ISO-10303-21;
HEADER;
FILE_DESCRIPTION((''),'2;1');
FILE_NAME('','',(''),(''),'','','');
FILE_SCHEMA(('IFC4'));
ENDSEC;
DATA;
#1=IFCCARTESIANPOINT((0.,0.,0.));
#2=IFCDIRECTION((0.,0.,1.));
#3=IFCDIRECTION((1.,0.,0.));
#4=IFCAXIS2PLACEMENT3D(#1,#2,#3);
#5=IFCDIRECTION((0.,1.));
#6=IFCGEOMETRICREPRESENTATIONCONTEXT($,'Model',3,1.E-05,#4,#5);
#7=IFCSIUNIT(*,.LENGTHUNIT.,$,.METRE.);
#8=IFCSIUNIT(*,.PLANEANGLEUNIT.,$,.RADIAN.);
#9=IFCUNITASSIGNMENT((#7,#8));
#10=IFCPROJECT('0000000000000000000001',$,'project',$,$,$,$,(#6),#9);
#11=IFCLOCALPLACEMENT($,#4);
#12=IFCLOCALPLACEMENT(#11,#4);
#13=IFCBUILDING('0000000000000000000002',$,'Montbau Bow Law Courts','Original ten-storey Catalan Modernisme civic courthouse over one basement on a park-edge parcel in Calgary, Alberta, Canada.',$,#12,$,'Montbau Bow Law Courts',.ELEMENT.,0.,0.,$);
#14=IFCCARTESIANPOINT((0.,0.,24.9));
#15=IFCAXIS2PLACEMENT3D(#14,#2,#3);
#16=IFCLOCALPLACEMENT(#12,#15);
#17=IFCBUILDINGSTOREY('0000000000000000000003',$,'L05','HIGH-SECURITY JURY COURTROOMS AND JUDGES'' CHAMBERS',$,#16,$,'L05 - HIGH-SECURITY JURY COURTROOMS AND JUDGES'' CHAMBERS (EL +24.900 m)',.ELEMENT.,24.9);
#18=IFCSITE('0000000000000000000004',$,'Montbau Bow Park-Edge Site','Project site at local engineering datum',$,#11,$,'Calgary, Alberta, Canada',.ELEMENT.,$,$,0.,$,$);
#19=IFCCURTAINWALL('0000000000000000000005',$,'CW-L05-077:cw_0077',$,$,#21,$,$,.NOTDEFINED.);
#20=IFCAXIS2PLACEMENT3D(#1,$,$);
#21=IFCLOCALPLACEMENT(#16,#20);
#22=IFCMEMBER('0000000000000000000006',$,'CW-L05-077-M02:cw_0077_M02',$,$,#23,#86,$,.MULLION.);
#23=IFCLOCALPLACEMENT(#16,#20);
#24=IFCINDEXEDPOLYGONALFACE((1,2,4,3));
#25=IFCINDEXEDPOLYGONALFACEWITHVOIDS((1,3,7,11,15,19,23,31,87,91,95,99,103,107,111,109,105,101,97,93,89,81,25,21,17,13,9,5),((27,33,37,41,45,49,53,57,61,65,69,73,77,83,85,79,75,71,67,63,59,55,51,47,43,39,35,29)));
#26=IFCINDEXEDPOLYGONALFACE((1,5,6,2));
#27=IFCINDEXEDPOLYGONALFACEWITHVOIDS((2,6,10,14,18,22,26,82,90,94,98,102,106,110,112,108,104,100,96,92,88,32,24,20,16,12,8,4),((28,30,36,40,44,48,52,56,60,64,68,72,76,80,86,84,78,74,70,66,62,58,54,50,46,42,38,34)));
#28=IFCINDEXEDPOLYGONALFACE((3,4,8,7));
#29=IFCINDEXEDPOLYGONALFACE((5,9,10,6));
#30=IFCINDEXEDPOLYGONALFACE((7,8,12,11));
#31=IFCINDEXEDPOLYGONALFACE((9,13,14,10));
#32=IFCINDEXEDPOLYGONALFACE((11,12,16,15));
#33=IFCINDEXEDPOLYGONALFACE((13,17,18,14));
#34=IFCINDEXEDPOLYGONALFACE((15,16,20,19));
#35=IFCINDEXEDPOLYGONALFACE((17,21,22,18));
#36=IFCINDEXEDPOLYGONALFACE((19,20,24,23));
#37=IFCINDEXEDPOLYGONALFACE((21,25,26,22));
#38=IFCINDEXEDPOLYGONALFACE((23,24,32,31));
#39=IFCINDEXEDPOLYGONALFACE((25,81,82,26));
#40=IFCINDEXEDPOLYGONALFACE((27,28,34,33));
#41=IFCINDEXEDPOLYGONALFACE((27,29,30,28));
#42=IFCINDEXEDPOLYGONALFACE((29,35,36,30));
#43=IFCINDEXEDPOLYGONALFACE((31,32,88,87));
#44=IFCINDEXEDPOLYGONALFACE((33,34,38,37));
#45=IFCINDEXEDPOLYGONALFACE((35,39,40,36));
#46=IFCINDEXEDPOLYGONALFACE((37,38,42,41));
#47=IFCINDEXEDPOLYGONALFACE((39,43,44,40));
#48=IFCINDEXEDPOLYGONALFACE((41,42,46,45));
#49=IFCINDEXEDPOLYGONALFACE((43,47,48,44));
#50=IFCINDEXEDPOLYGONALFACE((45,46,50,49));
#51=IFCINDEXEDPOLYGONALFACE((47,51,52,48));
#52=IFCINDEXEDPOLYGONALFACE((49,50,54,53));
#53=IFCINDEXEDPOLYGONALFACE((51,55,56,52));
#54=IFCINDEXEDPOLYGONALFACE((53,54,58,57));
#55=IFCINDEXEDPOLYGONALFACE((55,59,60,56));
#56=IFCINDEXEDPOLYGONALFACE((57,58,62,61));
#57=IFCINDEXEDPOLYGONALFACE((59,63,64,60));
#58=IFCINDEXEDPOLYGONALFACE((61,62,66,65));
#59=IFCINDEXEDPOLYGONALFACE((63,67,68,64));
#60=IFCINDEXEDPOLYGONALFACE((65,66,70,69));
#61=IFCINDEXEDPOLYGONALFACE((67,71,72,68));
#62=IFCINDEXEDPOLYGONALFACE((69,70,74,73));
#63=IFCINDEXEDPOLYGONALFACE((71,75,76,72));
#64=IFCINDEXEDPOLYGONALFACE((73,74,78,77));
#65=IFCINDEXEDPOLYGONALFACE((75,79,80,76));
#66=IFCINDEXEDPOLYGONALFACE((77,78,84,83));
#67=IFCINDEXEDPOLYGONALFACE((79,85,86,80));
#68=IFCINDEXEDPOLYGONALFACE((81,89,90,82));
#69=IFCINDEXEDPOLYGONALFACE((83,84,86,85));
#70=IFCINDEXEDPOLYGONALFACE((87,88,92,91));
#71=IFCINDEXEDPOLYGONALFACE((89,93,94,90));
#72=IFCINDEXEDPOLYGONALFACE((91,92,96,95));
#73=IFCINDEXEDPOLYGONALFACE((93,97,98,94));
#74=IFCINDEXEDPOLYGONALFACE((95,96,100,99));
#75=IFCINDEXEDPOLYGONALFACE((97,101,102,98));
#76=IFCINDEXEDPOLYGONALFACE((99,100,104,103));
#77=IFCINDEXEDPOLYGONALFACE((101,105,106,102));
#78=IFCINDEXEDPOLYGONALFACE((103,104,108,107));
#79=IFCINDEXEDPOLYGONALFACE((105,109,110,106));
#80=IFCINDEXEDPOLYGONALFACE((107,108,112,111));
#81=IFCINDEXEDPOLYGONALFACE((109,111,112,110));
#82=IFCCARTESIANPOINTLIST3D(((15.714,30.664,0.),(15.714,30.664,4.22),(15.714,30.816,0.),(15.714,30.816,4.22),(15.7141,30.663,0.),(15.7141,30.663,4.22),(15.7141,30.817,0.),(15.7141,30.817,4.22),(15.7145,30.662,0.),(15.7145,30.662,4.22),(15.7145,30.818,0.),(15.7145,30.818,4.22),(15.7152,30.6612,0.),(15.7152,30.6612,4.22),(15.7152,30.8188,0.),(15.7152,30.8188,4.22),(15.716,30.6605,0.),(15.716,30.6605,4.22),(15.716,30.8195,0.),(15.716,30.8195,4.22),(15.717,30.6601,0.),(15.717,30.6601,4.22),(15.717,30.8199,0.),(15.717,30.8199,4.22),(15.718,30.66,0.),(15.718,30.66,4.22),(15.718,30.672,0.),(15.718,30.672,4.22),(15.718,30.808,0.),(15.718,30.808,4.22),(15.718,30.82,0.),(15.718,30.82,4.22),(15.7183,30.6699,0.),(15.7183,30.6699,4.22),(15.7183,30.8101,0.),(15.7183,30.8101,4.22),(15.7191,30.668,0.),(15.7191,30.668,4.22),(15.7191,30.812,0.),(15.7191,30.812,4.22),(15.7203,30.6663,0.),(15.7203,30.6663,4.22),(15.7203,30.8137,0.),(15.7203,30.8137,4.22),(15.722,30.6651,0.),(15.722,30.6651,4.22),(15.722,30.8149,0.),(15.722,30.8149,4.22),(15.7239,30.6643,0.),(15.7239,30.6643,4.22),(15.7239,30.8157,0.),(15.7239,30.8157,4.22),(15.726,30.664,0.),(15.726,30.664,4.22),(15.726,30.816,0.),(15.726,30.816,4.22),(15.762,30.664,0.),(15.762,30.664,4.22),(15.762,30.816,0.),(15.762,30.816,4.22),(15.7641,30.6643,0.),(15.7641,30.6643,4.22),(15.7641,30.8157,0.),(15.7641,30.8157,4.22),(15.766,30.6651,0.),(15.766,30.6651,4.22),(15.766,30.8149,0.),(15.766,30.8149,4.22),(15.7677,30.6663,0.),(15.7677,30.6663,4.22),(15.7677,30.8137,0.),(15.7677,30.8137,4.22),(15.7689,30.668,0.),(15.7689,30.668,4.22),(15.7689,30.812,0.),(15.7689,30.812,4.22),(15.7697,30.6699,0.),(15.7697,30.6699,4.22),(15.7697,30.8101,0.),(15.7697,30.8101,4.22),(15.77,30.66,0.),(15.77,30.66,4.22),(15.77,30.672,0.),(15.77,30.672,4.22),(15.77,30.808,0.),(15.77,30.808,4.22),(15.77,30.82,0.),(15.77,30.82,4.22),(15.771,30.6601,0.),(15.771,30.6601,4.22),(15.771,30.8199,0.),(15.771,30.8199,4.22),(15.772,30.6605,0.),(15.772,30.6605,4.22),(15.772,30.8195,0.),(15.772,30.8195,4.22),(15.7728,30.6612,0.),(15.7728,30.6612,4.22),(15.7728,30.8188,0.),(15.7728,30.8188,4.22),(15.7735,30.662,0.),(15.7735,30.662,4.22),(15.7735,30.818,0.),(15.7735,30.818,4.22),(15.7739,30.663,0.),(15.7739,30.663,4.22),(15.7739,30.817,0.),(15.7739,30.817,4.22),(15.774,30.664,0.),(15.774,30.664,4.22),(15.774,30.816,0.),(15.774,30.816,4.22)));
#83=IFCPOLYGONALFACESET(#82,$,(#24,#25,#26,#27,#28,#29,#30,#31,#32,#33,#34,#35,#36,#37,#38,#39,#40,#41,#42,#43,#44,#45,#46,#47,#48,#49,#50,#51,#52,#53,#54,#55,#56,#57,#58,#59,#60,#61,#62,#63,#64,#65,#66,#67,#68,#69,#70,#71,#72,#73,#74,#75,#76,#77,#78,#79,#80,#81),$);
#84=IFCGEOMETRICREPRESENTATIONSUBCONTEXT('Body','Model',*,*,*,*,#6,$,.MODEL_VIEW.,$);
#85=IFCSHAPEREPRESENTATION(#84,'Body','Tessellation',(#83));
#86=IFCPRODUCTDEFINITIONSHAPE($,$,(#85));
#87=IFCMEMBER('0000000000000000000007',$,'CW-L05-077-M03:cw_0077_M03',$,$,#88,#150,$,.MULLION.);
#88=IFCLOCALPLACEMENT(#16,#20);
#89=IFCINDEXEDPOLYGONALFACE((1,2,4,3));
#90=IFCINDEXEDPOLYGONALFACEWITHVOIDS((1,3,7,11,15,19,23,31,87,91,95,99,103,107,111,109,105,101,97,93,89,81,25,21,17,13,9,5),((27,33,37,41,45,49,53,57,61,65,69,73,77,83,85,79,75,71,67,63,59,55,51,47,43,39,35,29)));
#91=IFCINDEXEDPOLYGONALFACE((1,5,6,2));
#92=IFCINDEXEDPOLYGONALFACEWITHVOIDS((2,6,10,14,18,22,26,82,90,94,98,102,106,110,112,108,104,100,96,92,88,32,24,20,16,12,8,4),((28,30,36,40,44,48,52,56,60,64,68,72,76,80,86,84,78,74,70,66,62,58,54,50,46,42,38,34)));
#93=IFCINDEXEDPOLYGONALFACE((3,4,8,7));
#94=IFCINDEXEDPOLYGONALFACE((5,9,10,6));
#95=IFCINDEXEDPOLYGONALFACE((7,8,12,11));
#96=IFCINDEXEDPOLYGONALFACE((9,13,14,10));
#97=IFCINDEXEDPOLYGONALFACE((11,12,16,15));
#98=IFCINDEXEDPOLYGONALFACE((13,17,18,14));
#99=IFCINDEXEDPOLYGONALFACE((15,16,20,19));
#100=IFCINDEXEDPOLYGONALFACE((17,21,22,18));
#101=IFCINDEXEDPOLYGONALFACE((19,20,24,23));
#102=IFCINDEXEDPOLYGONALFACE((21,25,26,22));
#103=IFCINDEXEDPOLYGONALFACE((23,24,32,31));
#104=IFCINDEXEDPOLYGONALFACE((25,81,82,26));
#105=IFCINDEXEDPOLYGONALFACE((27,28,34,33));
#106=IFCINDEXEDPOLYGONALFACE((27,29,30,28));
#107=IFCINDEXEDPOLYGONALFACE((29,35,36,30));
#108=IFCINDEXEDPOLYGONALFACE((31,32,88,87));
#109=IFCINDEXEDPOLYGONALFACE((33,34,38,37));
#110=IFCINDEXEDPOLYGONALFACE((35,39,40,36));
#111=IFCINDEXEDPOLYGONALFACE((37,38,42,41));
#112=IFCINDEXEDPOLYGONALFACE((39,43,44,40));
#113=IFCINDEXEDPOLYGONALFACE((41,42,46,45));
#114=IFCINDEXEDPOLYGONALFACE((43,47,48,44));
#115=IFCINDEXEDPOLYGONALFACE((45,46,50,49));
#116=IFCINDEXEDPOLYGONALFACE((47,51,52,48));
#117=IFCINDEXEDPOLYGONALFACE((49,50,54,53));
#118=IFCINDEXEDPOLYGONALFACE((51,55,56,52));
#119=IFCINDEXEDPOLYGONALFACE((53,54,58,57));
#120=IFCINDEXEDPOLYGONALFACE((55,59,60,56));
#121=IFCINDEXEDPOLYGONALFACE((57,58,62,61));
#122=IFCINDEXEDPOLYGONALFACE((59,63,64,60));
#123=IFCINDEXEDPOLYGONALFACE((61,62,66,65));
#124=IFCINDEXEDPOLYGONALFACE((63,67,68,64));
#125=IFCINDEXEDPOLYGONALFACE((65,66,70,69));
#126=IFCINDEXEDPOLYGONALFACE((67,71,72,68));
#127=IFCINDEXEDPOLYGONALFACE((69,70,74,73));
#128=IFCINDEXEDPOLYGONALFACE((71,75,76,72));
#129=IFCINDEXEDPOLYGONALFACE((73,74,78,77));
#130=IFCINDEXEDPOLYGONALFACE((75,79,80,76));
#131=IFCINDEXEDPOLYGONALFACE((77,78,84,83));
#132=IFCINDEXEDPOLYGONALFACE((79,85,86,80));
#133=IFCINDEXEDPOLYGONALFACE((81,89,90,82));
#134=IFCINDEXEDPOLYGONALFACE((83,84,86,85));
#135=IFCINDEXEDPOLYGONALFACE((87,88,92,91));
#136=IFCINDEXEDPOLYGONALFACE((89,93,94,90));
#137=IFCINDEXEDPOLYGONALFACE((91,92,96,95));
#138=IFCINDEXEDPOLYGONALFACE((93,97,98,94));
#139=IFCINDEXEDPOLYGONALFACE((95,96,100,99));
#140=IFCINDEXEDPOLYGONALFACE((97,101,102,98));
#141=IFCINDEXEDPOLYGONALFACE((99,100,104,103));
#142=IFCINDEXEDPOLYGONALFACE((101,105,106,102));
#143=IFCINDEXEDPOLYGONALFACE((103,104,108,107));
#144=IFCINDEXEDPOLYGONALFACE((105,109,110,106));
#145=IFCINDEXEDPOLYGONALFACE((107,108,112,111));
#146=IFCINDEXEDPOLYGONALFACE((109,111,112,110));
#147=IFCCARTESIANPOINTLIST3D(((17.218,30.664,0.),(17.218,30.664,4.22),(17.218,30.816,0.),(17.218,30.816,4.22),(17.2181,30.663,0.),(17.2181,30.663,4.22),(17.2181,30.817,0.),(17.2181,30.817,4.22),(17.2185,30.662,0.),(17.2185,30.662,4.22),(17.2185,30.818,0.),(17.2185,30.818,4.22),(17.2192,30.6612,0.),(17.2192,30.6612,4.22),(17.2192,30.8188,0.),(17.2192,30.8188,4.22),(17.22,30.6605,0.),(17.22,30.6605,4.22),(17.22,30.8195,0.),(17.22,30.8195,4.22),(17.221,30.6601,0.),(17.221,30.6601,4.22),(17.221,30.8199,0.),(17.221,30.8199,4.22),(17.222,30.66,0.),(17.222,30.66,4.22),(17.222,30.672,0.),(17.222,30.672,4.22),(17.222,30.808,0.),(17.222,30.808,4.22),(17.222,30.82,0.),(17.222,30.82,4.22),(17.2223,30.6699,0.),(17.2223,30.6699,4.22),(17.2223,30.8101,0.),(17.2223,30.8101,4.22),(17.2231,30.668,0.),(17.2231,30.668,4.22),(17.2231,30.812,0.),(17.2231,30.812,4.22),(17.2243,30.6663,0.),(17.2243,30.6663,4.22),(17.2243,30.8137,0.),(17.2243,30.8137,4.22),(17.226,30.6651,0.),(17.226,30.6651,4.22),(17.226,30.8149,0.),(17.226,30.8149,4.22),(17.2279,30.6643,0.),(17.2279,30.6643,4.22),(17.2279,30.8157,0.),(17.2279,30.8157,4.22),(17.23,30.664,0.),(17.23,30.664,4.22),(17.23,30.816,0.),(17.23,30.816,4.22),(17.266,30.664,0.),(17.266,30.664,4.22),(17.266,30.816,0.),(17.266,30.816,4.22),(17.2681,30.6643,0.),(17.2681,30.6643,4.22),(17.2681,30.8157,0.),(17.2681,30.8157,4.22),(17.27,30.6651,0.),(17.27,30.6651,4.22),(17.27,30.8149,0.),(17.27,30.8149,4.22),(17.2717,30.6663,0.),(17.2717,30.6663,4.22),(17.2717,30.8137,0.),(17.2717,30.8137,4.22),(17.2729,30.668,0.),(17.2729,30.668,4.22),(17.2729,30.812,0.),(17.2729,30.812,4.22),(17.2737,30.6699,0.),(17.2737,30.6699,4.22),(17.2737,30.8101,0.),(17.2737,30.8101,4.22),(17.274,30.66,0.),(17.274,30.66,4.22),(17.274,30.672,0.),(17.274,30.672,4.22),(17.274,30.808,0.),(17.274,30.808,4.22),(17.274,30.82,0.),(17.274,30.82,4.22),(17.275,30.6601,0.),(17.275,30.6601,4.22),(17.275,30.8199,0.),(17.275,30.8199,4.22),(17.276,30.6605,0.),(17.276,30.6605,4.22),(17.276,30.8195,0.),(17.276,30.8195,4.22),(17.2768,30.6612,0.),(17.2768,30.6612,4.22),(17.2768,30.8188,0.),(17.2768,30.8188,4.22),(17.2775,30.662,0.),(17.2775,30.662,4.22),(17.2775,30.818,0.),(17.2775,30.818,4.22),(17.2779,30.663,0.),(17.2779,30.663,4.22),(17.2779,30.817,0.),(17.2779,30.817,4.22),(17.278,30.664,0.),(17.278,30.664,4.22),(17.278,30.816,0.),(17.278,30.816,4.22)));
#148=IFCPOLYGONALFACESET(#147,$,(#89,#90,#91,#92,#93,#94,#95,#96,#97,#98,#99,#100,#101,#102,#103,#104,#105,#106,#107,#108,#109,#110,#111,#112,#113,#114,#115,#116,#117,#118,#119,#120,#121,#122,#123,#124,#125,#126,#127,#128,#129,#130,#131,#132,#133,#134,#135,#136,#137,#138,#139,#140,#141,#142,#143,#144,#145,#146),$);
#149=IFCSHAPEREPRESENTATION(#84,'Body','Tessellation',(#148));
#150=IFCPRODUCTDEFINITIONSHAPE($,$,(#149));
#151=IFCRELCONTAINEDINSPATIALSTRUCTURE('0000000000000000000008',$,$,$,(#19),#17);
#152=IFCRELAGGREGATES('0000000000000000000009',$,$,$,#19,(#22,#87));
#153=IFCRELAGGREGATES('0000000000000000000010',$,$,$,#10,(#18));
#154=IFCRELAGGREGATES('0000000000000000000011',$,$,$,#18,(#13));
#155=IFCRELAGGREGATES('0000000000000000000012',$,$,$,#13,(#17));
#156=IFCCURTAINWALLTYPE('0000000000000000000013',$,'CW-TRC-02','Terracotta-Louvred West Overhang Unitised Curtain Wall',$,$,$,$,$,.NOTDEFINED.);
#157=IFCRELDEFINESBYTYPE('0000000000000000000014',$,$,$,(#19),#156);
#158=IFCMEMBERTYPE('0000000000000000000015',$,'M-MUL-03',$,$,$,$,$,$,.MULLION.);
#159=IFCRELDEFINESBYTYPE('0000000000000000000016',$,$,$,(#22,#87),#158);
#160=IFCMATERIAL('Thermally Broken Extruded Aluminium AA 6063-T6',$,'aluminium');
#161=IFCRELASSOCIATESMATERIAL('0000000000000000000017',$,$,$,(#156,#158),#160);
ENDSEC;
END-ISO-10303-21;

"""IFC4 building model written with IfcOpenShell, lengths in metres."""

from ifc_helpers import new_model, si_unit, direction, frame, origin_with_axes, origin_2d_with_axis, place, context, subcontext, project, spatial, hollow_rectangle, extrude, material, material_profile, profile_set, type_object, element, aggregate, save


model = new_model("IFC4")

# Units and contexts
model_context = context("Model", 3, precision=1e-05, world=origin_with_axes(), true_north=direction((0.0, 1.0)))
body_context = subcontext(model_context, "Body", "Model", "MODEL_VIEW")
ifc_project = project(units=[si_unit("LENGTHUNIT", "METRE"), si_unit("PLANEANGLEUNIT", "RADIAN")], contexts=[model_context])

# Site, building, storey
site_placement = place(None, origin_with_axes())
site = spatial("IfcSite", under=ifc_project, at=site_placement, Name="Montbau Bow Park-Edge Site", Description="Project site at local engineering datum", LongName="Calgary, Alberta, Canada", CompositionType="ELEMENT", RefElevation=0.0)
building_placement = place(site_placement, origin_with_axes())
building = spatial("IfcBuilding", under=site, at=building_placement, Name="Montbau Bow Law Courts", Description="Original ten-storey Catalan Modernisme civic courthouse over one basement on a park-edge parcel in Calgary, Alberta, Canada.", LongName="Montbau Bow Law Courts", CompositionType="ELEMENT", ElevationOfRefHeight=0.0, ElevationOfTerrain=0.0)
storey_placement = place(building_placement, frame((0.0, 0.0, 24.9), z_axis=(0.0, 0.0, 1.0), x_axis=(1.0, 0.0, 0.0)))
storey = spatial("IfcBuildingStorey", under=building, at=storey_placement, Name="L05", Description="HIGH-SECURITY JURY COURTROOMS AND JUDGES' CHAMBERS", LongName="L05 - HIGH-SECURITY JURY COURTROOMS AND JUDGES' CHAMBERS (EL +24.900 m)", CompositionType="ELEMENT", Elevation=24.9)

# Curtain wall, members
ifc_material_1 = material(Name="Thermally Broken Extruded Aluminium AA 6063-T6", Category="aluminium")
curtain_wall_type = type_object("IfcCurtainWallType", Name="CW-TRC-02", Description="Terracotta-Louvred West Overhang Unitised Curtain Wall", PredefinedType="NOTDEFINED", material=ifc_material_1)
curtain_wall_placement = place(None, frame((14.24, 30.74, 24.9), z_axis=(0.0, 0.0, 1.0), x_axis=(1.0, 0.0, 0.0)))
curtain_wall = element("IfcCurtainWall", 1, at=curtain_wall_placement, inside=storey, type_object=curtain_wall_type, Name="CW-L05-077:cw_0077", PredefinedType="NOTDEFINED")
ifc_material_profile_1 = material_profile(ifc_material_1, hollow_rectangle(XDim=0.06, YDim=0.16, WallThickness=0.004, InnerFilletRadius=0.008, OuterFilletRadius=0.004, at=origin_2d_with_axis()), Name="CWM-160X60", Category="Main", Priority=0)
ifc_profile_set_1 = profile_set([ifc_material_profile_1], Name="Thermally Broken Extruded Aluminium AA 6063-T6")
member_type_1 = type_object("IfcMemberType", Name="M-MUL-03", PredefinedType="MULLION", material=ifc_profile_set_1)
member_1_placement = place(None, frame((15.744, 30.74, 24.9), z_axis=(0.0, 0.0, 1.0), x_axis=(1.0, 0.0, 0.0)))
member_1 = element("IfcMember", 2, at=member_1_placement, type_object=member_type_1, Name="CW-L05-077-M02:cw_0077_M02", PredefinedType="MULLION", context=body_context, shape_type="SweptSolid", body=[
    extrude(hollow_rectangle(XDim=0.06, YDim=0.16, WallThickness=0.004, InnerFilletRadius=0.008, OuterFilletRadius=0.004, at=origin_2d_with_axis()), origin_with_axes(), (0.0, 0.0, 1.0), 4.22),
])
member_2_placement = place(None, frame((17.248, 30.74, 24.9), z_axis=(0.0, 0.0, 1.0), x_axis=(1.0, 0.0, 0.0)))
member_2 = element("IfcMember", 3, at=member_2_placement, type_object=member_type_1, Name="CW-L05-077-M03:cw_0077_M03", PredefinedType="MULLION", context=body_context, shape_type="SweptSolid", body=[
    extrude(hollow_rectangle(XDim=0.06, YDim=0.16, WallThickness=0.004, InnerFilletRadius=0.008, OuterFilletRadius=0.004, at=origin_2d_with_axis()), origin_with_axes(), (0.0, 0.0, 1.0), 4.22),
])
aggregate(curtain_wall, [member_1, member_2])

save(model, "model.ifc")
